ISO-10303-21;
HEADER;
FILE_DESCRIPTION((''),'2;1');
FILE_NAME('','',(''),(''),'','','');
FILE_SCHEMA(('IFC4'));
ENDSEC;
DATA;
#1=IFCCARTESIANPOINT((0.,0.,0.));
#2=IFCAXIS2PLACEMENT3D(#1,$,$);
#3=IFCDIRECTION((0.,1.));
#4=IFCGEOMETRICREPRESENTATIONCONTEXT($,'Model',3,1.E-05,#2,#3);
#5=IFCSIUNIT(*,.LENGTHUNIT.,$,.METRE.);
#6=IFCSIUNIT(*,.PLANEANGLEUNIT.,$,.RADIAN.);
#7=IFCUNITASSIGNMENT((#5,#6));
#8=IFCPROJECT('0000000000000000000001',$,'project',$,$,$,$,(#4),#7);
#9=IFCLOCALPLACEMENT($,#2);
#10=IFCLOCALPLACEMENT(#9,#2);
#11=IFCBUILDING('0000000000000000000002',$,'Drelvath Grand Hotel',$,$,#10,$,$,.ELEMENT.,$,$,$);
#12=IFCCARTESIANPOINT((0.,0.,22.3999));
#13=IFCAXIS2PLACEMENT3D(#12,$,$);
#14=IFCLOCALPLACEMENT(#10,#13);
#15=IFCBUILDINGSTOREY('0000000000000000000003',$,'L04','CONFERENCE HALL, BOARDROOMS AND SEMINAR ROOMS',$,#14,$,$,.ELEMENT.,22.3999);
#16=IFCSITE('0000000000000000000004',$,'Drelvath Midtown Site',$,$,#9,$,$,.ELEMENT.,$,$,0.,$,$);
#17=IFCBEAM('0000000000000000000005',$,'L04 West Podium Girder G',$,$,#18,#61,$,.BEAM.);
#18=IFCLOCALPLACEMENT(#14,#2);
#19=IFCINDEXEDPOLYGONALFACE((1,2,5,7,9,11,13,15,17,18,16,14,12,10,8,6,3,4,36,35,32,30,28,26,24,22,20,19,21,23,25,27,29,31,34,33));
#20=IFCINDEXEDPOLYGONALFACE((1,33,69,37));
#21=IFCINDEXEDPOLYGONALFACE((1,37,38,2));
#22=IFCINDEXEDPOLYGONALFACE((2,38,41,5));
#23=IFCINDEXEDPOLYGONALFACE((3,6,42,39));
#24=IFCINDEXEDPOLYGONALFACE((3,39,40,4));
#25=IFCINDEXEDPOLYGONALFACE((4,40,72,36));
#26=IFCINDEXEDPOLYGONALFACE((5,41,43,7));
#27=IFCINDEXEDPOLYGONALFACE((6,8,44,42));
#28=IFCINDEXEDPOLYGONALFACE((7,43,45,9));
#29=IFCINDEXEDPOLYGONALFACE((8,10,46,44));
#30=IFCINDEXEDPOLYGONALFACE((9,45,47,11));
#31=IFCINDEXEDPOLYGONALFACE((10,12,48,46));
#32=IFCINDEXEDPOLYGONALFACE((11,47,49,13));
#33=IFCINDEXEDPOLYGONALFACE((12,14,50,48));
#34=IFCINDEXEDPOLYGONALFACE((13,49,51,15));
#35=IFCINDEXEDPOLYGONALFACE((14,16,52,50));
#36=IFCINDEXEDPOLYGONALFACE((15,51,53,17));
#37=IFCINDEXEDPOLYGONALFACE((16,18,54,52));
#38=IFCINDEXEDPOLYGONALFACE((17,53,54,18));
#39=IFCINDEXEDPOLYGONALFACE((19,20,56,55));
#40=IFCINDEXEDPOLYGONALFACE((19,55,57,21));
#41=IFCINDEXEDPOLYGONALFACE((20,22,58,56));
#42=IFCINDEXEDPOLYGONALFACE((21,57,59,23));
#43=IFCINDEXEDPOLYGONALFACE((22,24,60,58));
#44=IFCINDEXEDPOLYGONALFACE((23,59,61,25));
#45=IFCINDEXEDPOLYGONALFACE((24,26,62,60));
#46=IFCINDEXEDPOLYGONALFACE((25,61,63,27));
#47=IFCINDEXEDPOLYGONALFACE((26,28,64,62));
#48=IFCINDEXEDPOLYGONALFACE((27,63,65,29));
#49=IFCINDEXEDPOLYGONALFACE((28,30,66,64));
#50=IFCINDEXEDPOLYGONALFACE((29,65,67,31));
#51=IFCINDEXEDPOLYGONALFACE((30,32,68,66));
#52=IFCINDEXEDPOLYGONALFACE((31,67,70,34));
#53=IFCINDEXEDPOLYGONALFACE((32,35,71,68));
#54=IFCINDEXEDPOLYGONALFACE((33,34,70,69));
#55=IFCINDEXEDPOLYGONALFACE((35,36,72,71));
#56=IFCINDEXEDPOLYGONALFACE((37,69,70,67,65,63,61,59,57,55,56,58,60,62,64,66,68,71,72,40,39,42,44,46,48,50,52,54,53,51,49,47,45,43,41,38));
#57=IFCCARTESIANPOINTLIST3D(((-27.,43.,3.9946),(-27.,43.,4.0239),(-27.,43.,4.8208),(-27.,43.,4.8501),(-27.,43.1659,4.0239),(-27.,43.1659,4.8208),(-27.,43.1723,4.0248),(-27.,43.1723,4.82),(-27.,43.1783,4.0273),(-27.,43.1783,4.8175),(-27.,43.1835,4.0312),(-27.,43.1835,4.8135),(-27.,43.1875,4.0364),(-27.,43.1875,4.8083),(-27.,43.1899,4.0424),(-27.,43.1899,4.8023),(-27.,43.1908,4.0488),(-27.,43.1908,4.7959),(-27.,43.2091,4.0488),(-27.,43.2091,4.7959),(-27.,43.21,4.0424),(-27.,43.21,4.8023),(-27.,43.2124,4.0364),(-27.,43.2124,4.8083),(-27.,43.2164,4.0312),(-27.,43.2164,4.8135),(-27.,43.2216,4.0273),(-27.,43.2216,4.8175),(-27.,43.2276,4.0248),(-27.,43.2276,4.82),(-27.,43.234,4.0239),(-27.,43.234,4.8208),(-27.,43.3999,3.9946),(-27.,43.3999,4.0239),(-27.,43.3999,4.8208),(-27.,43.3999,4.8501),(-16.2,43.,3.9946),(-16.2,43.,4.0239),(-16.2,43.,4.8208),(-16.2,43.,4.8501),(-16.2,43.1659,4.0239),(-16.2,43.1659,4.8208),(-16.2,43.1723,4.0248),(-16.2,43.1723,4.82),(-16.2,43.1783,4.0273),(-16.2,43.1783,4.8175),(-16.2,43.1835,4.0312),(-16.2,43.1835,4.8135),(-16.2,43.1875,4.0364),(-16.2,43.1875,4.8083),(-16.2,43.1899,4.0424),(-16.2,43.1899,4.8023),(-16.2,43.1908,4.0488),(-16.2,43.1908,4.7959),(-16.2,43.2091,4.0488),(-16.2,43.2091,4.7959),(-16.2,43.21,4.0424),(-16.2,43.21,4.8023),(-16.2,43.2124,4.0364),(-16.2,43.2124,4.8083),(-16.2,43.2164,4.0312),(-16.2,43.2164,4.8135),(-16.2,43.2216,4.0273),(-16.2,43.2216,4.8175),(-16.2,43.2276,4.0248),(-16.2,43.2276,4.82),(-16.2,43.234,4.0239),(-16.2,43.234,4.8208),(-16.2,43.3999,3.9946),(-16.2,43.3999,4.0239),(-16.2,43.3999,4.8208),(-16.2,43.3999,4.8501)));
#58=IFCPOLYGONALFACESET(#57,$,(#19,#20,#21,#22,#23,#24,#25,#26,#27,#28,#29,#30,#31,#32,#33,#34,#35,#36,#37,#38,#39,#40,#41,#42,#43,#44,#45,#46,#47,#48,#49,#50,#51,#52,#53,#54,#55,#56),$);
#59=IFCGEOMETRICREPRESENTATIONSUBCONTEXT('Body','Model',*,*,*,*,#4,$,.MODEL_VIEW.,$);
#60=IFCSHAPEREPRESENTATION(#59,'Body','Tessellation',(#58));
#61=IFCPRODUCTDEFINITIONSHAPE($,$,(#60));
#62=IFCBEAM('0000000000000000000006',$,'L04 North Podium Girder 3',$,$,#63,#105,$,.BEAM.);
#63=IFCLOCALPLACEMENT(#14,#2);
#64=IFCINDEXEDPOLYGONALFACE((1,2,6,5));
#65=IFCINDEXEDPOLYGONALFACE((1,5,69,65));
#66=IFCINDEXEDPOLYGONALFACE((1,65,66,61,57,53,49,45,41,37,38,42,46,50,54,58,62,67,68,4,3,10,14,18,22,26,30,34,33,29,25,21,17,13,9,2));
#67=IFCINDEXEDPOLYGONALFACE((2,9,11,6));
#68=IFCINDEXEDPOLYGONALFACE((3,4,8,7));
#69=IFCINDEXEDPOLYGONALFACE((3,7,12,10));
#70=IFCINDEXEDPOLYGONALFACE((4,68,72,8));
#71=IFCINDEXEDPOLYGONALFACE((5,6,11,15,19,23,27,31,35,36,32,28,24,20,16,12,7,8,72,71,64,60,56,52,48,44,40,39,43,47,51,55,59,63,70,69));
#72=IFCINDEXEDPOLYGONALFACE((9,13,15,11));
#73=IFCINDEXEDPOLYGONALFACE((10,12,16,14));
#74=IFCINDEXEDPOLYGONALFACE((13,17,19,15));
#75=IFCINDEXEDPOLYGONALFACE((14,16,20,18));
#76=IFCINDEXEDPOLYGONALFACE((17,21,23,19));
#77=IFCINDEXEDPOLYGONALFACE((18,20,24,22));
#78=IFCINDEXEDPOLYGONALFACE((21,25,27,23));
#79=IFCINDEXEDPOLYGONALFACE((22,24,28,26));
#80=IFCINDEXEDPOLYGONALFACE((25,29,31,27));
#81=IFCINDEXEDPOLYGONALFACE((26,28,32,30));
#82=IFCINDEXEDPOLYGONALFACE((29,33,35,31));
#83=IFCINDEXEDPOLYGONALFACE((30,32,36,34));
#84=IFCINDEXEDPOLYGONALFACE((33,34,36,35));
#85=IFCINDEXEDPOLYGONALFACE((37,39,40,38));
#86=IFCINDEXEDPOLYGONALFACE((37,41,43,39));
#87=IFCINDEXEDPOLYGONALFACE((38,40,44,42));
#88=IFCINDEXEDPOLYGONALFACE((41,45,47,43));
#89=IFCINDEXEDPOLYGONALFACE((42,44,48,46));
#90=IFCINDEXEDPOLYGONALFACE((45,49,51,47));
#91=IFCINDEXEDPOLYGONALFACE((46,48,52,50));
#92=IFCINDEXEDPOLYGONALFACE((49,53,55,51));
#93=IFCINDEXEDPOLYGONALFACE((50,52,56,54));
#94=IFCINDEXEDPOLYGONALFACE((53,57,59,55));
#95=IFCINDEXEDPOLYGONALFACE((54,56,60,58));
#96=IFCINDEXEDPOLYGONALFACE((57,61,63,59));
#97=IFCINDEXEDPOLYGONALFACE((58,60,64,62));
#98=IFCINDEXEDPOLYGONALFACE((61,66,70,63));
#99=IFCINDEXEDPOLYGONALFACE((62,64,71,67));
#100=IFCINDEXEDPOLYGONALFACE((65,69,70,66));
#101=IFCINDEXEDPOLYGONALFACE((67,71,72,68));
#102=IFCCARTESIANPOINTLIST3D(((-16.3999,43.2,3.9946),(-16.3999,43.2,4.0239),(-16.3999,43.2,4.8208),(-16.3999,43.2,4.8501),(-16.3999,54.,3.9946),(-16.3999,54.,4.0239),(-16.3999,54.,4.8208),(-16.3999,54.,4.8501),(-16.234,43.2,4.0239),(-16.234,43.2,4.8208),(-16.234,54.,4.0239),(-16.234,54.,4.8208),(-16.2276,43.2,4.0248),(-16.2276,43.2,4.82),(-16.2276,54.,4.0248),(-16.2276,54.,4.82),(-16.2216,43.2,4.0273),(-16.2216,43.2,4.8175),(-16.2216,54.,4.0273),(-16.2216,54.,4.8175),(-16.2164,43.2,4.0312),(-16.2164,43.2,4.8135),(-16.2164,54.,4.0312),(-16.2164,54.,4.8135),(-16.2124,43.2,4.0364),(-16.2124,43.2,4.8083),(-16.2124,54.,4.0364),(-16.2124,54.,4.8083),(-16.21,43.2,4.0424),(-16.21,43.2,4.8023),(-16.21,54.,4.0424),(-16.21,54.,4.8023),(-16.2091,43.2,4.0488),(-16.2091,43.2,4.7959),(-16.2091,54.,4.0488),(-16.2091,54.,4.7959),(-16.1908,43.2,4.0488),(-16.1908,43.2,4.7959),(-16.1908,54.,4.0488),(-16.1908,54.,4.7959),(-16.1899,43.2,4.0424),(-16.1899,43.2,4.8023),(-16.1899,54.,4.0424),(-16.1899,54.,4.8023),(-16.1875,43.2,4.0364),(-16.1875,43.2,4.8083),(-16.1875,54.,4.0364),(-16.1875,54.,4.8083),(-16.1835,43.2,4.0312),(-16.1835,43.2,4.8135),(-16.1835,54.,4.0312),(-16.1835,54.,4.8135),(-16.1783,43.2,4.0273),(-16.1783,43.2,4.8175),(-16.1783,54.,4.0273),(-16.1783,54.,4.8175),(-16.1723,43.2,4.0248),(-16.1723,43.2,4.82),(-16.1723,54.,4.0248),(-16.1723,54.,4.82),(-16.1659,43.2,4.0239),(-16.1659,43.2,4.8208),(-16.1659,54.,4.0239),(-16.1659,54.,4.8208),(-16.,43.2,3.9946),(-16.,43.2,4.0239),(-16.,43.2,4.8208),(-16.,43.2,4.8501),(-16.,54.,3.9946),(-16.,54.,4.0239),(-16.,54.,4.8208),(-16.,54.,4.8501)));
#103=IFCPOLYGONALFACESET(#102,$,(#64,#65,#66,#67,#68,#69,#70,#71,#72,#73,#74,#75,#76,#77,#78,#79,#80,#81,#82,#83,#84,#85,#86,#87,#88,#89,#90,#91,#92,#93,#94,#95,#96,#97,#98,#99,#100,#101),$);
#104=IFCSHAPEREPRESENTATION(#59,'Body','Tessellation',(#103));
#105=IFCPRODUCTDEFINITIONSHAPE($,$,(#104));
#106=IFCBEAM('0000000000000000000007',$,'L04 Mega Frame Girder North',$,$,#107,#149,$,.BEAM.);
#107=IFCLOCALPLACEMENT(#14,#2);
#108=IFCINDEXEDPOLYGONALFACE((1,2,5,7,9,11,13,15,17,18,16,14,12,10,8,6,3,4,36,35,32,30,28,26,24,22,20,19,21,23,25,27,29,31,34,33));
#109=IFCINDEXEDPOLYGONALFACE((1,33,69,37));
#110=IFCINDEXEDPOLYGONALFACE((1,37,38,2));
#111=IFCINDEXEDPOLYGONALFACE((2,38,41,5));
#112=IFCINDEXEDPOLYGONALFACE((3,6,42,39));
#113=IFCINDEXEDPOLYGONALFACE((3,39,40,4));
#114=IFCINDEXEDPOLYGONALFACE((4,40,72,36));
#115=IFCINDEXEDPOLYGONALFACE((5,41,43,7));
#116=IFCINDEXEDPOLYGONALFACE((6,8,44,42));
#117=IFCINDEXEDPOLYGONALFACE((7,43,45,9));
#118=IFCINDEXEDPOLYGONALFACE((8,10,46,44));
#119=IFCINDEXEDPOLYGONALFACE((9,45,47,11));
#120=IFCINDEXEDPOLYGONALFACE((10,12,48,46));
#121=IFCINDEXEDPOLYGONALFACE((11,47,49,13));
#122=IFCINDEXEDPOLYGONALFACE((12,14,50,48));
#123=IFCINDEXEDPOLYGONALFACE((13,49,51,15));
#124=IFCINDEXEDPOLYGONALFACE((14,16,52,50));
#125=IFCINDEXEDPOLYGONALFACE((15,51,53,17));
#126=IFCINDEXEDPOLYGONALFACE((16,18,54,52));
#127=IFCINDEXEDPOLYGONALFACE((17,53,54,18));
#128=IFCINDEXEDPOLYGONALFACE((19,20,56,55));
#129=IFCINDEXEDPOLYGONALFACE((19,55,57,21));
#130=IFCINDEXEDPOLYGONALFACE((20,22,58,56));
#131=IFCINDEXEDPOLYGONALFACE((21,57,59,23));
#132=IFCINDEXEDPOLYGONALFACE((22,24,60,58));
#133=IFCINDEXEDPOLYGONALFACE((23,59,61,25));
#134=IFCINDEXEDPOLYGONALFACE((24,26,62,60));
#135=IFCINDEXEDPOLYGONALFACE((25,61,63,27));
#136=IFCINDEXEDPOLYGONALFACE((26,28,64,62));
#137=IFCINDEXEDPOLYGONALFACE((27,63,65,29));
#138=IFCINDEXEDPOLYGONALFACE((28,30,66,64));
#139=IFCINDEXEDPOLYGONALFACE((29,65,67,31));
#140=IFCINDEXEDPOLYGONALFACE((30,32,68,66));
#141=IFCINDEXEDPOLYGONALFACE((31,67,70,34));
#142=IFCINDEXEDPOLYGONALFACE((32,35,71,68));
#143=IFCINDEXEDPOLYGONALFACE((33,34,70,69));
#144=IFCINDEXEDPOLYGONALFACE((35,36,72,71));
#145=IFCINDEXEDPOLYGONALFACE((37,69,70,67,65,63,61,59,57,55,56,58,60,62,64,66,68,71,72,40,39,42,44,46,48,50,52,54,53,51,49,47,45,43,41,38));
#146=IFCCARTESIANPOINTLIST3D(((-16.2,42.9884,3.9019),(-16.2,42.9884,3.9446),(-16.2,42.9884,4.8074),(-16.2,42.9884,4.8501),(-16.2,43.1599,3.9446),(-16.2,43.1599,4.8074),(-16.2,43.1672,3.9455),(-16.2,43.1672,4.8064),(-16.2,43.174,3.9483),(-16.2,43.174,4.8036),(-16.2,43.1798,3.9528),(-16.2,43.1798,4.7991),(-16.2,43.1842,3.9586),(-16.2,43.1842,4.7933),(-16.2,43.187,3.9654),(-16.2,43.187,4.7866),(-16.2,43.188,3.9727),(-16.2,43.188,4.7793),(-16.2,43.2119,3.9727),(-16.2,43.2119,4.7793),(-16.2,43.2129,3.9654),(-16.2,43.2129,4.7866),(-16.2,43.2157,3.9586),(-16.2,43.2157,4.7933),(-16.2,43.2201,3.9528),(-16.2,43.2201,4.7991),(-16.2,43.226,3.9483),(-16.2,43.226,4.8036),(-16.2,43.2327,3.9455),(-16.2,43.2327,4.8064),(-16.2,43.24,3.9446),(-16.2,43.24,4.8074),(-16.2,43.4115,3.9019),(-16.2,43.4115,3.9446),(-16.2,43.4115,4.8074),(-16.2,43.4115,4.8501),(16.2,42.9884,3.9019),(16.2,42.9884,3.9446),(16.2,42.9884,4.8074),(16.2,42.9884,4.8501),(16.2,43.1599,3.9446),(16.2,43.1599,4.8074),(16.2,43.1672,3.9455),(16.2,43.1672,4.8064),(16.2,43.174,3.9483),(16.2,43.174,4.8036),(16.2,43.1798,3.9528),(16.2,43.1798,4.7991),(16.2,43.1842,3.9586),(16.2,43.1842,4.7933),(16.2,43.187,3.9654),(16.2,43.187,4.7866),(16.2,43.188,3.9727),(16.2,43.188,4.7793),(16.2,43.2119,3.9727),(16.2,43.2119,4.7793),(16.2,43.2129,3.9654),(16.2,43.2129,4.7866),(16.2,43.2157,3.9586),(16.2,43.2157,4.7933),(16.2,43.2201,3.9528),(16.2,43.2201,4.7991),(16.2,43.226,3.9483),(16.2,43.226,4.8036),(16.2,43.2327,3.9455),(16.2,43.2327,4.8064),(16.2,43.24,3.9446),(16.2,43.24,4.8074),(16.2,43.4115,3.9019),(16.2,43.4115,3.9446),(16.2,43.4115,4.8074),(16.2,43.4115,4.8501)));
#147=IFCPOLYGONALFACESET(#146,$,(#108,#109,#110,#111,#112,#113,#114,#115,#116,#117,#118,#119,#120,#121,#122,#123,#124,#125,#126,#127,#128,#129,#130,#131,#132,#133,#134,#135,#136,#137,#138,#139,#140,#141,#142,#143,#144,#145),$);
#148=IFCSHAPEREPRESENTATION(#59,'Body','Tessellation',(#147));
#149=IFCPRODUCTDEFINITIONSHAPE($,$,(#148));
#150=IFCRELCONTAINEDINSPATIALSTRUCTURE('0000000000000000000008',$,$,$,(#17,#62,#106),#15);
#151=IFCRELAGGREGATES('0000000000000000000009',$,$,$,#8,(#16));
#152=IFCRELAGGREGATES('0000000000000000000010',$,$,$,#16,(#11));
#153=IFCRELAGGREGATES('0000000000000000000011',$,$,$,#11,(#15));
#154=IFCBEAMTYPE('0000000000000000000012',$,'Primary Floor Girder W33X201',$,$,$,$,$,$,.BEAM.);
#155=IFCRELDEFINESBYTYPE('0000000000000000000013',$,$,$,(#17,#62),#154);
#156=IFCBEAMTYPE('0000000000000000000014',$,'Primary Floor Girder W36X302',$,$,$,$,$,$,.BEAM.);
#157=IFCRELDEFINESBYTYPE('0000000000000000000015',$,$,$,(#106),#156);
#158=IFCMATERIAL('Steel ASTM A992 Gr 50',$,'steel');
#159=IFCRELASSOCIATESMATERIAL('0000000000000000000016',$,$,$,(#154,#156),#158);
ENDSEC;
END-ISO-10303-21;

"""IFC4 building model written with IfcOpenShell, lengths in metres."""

from ifc_helpers import new_model, si_unit, direction, frame, origin, origin_2d, place, context, subcontext, project, spatial, i_section, extrude, material, material_profile, profile_set, type_object, element, save


model = new_model("IFC4")

# Units and contexts
model_context = context("Model", 3, precision=1e-05, world=origin(), true_north=direction((0.0, 1.0)))
body_context = subcontext(model_context, "Body", "Model", "MODEL_VIEW")
ifc_project = project(units=[si_unit("LENGTHUNIT", "METRE"), si_unit("PLANEANGLEUNIT", "RADIAN")], contexts=[model_context])

# Site, building, storey
site_placement = place(None, origin())
site = spatial("IfcSite", under=ifc_project, at=site_placement, Name="Drelvath Midtown Site", CompositionType="ELEMENT", RefElevation=0.0)
building_placement = place(site_placement, origin())
building = spatial("IfcBuilding", under=site, at=building_placement, Name="Drelvath Grand Hotel", CompositionType="ELEMENT")
storey_placement = place(building_placement, frame((0.0, 0.0, 22.3999)))
storey = spatial("IfcBuildingStorey", under=building, at=storey_placement, Name="L04", Description="CONFERENCE HALL, BOARDROOMS AND SEMINAR ROOMS", CompositionType="ELEMENT", Elevation=22.3999)

# Beams
ifc_material_1 = material(Name="Steel ASTM A992 Gr 50", Category="steel")
ifc_material_profile_1 = material_profile(ifc_material_1, i_section(OverallWidth=0.3999, OverallDepth=0.8555, WebThickness=0.0183, FlangeThickness=0.0293, FilletRadius=0.0249, at=origin_2d()), Name="W33X201")
ifc_profile_set_1 = profile_set([ifc_material_profile_1], Name="Steel ASTM A992 Gr 50")
beam_type_1 = type_object("IfcBeamType", Name="Primary Floor Girder W33X201", PredefinedType="BEAM", material=ifc_profile_set_1)
for number, where, z_axis, x_axis, name in (
    (1, (-27.0, 43.2, 4.4224), (1.0, 0.0, 0.0), (0.0, 1.0, 0.0), "L04 West Podium Girder G"),
    (2, (-16.2, 43.2, 4.4224), (0.0, 1.0, 0.0), (-1.0, 0.0, 0.0), "L04 North Podium Girder 3"),
):
    element("IfcBeam", number, at=place(storey_placement, frame(where, z_axis=z_axis, x_axis=x_axis)), inside=storey, type_object=beam_type_1, Name=name, PredefinedType="BEAM", context=body_context, shape_type="SweptSolid", body=[
        extrude(i_section(OverallWidth=0.3999, OverallDepth=0.8555, WebThickness=0.0183, FlangeThickness=0.0293, FilletRadius=0.0249, at=origin_2d()), origin(), (0.0, 0.0, 1.0), 10.8),
    ])
ifc_material_profile_2 = material_profile(ifc_material_1, i_section(OverallWidth=0.4231, OverallDepth=0.9482, WebThickness=0.0239, FlangeThickness=0.0427, FilletRadius=0.0281, at=origin_2d()), Name="W36X302")
ifc_profile_set_2 = profile_set([ifc_material_profile_2], Name="Steel ASTM A992 Gr 50")
beam_type_2 = type_object("IfcBeamType", Name="Primary Floor Girder W36X302", PredefinedType="BEAM", material=ifc_profile_set_2)
beam_1_placement = place(storey_placement, frame((-16.2, 43.2, 4.376), z_axis=(1.0, 0.0, 0.0), x_axis=(0.0, 1.0, 0.0)))
element("IfcBeam", 3, at=beam_1_placement, inside=storey, type_object=beam_type_2, Name="L04 Mega Frame Girder North", PredefinedType="BEAM", context=body_context, shape_type="SweptSolid", body=[
    extrude(i_section(OverallWidth=0.4231, OverallDepth=0.9482, WebThickness=0.0239, FlangeThickness=0.0427, FilletRadius=0.0281, at=origin_2d()), origin(), (0.0, 0.0, 1.0), 32.3999),
])

save(model, "model.ifc")
